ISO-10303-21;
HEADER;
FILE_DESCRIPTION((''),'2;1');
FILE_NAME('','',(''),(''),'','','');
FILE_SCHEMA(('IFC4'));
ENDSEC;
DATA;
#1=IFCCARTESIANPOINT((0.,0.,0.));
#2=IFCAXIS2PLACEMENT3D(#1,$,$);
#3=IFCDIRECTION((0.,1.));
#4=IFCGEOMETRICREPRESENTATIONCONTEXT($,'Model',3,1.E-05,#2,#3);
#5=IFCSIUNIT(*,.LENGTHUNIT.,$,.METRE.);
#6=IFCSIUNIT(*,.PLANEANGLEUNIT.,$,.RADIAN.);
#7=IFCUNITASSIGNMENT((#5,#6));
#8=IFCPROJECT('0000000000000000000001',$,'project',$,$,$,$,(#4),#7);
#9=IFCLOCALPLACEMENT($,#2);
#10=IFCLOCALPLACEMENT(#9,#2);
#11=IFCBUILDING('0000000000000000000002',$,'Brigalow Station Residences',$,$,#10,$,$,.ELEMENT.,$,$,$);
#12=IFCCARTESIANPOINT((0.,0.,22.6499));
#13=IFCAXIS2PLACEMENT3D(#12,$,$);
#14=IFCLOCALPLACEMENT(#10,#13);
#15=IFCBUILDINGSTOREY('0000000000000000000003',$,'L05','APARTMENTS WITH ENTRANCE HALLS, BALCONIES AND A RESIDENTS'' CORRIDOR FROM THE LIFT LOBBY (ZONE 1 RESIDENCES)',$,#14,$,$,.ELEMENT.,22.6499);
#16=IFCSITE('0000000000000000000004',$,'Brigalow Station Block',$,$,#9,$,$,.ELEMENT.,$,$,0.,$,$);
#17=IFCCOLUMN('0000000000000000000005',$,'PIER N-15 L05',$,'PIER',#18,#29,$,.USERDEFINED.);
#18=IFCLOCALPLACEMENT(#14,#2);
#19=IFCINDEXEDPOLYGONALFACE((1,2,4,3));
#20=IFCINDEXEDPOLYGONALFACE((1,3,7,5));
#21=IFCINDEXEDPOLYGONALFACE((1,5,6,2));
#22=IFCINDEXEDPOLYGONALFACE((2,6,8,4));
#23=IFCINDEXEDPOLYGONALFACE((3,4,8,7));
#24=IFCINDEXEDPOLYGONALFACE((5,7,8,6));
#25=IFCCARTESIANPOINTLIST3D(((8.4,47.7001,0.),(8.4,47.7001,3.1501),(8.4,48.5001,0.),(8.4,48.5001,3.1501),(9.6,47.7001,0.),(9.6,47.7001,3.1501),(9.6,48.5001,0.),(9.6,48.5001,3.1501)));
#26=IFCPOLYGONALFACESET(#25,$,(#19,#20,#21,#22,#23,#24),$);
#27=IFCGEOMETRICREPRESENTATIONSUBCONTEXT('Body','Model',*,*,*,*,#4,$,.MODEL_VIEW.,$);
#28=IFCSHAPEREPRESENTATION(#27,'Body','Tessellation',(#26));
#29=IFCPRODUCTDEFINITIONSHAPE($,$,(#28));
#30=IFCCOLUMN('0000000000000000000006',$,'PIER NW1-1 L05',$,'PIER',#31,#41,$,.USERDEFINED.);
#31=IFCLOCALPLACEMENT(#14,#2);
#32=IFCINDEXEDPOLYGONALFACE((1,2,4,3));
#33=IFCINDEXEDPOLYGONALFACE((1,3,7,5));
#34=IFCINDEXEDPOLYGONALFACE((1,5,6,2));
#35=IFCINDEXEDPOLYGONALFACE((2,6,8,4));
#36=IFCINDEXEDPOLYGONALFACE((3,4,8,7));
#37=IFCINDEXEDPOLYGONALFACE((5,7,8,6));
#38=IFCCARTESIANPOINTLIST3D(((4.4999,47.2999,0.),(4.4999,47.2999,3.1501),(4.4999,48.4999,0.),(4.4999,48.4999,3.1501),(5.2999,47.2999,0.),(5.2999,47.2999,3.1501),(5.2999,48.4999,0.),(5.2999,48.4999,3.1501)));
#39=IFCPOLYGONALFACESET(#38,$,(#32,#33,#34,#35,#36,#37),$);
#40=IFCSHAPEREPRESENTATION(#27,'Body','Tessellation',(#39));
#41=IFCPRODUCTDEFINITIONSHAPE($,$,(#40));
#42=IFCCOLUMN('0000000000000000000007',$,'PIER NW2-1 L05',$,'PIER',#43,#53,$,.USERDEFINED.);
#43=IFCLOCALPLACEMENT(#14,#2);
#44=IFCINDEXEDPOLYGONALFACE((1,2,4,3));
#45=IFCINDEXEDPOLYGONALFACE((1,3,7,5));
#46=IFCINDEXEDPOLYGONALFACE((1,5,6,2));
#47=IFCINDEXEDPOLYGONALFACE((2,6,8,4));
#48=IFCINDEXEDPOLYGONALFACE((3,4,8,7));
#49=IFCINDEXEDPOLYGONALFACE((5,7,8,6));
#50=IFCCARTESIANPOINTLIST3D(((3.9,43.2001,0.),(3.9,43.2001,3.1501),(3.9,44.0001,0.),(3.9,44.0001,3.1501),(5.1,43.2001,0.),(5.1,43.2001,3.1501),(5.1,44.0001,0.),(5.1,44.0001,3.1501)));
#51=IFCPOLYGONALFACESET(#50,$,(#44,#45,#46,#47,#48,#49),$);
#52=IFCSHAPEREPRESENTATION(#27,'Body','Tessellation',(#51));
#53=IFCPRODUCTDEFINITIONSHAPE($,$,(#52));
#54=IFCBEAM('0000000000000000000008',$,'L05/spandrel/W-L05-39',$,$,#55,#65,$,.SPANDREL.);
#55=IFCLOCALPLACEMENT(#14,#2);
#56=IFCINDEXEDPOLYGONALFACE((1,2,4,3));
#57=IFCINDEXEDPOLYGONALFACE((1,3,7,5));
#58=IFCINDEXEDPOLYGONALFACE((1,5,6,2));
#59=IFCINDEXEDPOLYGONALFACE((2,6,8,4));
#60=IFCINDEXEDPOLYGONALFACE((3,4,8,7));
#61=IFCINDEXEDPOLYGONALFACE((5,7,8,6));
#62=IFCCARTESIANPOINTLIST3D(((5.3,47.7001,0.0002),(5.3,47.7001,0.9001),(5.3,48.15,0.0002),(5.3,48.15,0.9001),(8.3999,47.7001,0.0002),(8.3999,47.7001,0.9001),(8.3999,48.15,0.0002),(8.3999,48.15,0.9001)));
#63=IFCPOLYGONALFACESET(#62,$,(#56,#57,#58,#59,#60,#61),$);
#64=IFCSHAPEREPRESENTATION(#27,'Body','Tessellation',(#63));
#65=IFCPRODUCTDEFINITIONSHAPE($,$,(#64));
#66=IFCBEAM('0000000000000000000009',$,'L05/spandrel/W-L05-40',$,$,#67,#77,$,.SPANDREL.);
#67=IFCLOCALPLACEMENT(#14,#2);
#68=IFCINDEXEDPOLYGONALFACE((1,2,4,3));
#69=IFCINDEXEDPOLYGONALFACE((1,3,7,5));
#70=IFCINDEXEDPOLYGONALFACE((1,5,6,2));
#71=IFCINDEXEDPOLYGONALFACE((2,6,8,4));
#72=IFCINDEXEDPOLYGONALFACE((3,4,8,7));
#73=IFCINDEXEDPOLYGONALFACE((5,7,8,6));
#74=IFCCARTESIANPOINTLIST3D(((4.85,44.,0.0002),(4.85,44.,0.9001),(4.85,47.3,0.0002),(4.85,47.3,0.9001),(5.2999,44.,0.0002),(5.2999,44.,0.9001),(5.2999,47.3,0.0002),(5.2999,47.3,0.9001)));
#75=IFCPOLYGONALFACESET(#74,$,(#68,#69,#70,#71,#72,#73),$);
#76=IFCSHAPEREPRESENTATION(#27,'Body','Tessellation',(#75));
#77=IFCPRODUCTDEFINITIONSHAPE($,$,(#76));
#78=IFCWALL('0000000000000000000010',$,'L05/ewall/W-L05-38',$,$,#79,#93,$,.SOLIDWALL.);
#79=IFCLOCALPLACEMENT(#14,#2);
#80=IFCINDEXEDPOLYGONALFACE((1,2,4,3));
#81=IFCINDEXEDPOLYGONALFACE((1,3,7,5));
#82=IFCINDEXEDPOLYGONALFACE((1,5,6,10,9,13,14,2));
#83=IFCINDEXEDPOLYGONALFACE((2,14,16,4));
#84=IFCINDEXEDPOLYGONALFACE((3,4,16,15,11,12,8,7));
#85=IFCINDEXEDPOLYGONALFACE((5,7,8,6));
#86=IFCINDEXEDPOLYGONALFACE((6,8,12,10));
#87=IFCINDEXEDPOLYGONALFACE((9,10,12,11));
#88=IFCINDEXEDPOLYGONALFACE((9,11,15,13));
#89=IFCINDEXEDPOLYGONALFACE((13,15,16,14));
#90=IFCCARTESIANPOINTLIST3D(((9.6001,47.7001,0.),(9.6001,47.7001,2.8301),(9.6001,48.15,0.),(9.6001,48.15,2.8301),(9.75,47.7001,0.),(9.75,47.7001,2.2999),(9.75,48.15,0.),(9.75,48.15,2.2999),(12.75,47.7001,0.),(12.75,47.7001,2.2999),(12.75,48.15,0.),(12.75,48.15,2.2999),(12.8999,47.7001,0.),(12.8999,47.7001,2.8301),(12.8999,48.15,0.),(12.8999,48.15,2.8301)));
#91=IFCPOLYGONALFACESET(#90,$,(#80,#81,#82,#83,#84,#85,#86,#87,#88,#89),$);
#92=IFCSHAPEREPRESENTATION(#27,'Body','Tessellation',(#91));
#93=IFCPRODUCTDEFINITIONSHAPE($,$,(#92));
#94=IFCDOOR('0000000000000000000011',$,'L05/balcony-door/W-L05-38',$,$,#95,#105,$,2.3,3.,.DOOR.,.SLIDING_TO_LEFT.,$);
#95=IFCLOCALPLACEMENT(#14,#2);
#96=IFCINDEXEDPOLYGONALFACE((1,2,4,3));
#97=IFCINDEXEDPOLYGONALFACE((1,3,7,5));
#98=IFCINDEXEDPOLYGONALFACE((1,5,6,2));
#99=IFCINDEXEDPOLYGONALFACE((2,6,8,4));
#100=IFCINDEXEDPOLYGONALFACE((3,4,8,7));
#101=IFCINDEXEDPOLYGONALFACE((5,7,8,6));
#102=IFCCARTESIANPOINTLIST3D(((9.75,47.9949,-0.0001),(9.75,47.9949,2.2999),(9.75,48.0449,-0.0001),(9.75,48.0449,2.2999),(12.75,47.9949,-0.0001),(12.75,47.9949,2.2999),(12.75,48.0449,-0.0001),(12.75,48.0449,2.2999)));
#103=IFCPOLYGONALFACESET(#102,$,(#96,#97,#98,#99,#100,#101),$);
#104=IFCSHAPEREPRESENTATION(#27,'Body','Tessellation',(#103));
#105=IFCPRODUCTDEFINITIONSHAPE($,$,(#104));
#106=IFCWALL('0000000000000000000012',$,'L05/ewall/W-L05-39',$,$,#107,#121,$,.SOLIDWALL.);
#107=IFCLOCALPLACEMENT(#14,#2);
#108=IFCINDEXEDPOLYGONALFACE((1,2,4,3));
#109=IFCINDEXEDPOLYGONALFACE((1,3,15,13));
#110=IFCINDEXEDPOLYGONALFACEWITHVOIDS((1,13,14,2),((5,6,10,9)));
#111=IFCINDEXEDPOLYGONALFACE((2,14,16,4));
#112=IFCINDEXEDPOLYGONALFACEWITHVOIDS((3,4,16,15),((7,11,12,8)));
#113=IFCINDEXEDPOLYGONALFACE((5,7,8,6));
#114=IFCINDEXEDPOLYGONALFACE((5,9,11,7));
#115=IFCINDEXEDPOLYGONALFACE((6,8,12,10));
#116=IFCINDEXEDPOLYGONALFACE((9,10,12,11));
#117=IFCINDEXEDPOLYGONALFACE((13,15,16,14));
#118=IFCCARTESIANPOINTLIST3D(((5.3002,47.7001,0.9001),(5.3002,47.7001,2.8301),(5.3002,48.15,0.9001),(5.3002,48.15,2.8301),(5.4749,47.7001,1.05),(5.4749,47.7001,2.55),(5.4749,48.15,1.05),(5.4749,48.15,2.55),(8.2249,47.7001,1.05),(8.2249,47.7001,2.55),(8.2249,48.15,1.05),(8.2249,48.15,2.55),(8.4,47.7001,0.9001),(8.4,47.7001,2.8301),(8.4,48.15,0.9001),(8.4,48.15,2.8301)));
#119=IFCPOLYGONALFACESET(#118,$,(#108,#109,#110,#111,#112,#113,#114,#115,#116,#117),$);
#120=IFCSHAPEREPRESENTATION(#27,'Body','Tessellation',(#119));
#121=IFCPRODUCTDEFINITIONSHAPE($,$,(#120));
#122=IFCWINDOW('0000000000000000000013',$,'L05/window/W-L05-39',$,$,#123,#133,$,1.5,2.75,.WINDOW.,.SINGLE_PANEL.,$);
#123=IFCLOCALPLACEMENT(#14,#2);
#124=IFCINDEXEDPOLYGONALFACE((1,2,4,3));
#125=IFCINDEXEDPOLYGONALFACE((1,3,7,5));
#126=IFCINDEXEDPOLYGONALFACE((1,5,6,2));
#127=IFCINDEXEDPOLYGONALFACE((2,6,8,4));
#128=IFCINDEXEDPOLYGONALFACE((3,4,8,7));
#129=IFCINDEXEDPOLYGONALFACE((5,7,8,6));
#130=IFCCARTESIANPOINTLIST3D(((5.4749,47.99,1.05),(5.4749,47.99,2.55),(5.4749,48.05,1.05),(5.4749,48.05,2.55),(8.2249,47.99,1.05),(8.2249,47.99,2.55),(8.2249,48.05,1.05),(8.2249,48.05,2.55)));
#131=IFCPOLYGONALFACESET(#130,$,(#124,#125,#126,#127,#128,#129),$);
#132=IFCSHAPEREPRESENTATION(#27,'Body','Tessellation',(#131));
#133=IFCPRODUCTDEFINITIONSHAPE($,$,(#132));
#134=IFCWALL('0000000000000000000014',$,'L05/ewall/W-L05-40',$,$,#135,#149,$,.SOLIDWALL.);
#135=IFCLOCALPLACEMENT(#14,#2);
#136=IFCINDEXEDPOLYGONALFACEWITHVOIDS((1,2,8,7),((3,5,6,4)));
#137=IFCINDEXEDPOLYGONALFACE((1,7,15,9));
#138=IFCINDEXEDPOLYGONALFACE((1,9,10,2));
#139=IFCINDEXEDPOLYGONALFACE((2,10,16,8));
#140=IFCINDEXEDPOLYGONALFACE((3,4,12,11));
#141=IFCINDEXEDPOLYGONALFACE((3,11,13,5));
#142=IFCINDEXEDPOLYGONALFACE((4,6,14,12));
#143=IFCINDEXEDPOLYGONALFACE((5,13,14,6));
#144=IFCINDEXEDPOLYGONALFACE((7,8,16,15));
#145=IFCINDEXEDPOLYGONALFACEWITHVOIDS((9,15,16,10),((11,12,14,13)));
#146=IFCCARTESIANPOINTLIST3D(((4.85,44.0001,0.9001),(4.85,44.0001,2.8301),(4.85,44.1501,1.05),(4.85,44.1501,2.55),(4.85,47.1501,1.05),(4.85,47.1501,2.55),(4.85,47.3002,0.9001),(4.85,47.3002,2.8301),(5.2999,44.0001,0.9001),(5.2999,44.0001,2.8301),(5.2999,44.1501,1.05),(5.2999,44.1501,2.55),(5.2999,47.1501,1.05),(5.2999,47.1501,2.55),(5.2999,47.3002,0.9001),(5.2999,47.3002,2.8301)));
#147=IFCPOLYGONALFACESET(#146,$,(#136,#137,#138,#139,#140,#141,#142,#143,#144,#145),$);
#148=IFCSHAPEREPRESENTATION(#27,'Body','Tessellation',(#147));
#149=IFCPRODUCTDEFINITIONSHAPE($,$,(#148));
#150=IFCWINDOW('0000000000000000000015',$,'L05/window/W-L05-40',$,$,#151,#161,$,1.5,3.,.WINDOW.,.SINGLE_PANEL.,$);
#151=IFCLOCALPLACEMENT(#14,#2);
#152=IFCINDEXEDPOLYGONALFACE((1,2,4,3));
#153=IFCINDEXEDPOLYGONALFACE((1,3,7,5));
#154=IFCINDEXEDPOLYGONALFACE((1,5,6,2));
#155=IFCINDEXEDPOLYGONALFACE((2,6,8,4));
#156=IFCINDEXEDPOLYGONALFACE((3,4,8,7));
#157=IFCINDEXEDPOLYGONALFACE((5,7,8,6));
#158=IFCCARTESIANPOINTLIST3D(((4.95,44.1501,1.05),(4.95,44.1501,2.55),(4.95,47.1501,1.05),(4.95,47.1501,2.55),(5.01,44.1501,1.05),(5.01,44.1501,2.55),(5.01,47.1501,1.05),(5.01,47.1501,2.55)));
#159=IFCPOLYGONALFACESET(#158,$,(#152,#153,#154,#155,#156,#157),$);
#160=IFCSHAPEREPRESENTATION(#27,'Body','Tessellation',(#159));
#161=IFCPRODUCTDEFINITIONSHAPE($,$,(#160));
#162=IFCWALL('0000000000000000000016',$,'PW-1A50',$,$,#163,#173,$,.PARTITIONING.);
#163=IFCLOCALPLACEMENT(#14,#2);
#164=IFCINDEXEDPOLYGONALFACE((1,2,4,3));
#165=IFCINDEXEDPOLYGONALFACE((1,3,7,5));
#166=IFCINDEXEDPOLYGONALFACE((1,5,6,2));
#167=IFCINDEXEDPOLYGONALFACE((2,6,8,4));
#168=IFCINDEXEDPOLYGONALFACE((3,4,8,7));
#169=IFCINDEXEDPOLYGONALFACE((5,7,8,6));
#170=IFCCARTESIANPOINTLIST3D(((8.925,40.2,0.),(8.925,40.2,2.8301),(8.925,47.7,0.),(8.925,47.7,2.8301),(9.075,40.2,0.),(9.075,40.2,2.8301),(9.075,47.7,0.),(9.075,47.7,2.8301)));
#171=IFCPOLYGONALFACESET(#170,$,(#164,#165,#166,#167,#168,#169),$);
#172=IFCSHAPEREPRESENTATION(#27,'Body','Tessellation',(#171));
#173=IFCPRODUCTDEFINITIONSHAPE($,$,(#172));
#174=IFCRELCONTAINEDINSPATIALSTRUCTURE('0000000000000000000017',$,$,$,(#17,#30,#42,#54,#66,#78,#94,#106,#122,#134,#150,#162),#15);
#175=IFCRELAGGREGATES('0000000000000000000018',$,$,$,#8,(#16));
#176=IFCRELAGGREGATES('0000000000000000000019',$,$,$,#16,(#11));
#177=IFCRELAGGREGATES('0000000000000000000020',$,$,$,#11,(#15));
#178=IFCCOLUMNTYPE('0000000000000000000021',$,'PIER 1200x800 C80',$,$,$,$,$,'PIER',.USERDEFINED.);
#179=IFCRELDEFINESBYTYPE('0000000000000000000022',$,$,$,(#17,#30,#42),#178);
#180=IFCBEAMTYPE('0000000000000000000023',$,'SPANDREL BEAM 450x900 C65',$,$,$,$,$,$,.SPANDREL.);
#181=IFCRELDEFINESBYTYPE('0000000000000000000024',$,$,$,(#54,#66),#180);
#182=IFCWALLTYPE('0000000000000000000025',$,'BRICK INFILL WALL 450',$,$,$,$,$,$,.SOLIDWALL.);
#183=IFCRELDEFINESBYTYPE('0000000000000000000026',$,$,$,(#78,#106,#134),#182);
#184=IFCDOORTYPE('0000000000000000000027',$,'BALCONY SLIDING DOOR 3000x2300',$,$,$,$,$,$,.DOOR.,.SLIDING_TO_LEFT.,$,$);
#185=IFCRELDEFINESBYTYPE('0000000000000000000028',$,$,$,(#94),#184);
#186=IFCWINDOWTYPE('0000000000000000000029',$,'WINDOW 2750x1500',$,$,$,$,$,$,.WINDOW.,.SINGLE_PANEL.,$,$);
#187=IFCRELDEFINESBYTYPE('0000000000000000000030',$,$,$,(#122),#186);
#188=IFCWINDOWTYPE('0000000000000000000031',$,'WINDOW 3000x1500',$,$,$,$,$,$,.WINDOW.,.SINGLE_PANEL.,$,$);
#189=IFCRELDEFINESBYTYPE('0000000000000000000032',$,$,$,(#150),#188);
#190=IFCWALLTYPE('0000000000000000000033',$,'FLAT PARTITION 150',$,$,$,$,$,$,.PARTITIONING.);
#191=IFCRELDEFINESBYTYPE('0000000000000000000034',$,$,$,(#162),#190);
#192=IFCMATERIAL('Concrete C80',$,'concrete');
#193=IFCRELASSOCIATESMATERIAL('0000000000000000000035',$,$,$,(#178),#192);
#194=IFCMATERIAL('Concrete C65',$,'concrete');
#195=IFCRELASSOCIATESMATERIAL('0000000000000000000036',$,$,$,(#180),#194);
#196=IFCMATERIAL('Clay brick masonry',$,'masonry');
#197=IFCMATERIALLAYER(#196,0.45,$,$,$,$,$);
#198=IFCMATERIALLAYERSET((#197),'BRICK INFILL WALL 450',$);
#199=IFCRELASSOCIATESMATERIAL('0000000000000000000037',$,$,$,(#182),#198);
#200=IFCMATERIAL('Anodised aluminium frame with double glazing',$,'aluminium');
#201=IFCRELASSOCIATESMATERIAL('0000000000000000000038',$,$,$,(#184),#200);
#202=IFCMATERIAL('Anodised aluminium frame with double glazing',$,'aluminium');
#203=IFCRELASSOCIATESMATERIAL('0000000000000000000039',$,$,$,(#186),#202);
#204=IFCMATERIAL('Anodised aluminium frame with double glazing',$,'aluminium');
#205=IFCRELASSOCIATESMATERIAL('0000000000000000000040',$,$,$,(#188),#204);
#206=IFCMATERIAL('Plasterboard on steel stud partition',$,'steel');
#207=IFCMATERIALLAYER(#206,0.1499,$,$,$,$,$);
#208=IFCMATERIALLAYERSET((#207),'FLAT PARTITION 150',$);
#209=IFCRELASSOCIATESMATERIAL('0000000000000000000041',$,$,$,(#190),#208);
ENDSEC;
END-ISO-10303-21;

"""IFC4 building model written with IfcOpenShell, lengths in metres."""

from ifc_helpers import new_model, si_unit, direction, frame, frame_2d, origin, origin_2d, place, context, subcontext, project, spatial, rectangle, extrude, material, layer, layer_set, material_profile, profile_set, type_object, element, fill, save


model = new_model("IFC4")

# Units and contexts
model_context = context("Model", 3, precision=1e-05, world=origin(), true_north=direction((0.0, 1.0)))
body_context = subcontext(model_context, "Body", "Model", "MODEL_VIEW")
ifc_project = project(units=[si_unit("LENGTHUNIT", "METRE"), si_unit("PLANEANGLEUNIT", "RADIAN")], contexts=[model_context])

# Site, building, storey
site_placement = place(None, origin())
site = spatial("IfcSite", under=ifc_project, at=site_placement, Name="Brigalow Station Block", CompositionType="ELEMENT", RefElevation=0.0)
building_placement = place(site_placement, origin())
building = spatial("IfcBuilding", under=site, at=building_placement, Name="Brigalow Station Residences", CompositionType="ELEMENT")
storey_placement = place(building_placement, frame((0.0, 0.0, 22.6499)))
storey = spatial("IfcBuildingStorey", under=building, at=storey_placement, Name="L05", Description="APARTMENTS WITH ENTRANCE HALLS, BALCONIES AND A RESIDENTS' CORRIDOR FROM THE LIFT LOBBY (ZONE 1 RESIDENCES)", CompositionType="ELEMENT", Elevation=22.6499)

# Columns
ifc_material_1 = material(Name="Concrete C80", Category="concrete")
ifc_material_profile_1 = material_profile(ifc_material_1, rectangle(XDim=1.2, YDim=0.8, at=origin_2d()), Name="RC1200x800")
ifc_profile_set_1 = profile_set([ifc_material_profile_1], Name="Concrete C80")
column_type = type_object("IfcColumnType", Name="PIER 1200x800 C80", ElementType="PIER", PredefinedType="USERDEFINED", material=ifc_profile_set_1)
for number, where, z_axis, x_axis, name in (
    (1, (9.0, 48.1001, 0.0), (0.0, 0.0, 1.0), (-1.0, 0.0, 0.0), "PIER N-15 L05"),
    (2, (4.8999, 47.8999, 0.0), (0.0, 0.0, 1.0), (0.0, -1.0, 0.0), "PIER NW1-1 L05"),
    (3, (4.5, 43.6001, 0.0), (0.0, 0.0, 1.0), (-1.0, 0.0, 0.0), "PIER NW2-1 L05"),
):
    element("IfcColumn", number, at=place(storey_placement, frame(where, z_axis=z_axis, x_axis=x_axis)), inside=storey, type_object=column_type, Name=name, ObjectType="PIER", PredefinedType="USERDEFINED", context=body_context, shape_type="SweptSolid", body=[
        extrude(rectangle(XDim=1.2, YDim=0.8, at=origin_2d()), origin(), (0.0, 0.0, 1.0), 3.1501),
    ])

# Beams
ifc_material_2 = material(Name="Concrete C65", Category="concrete")
ifc_material_profile_2 = material_profile(ifc_material_2, rectangle(XDim=0.45, YDim=0.8999, at=origin_2d()), Name="RC450x900")
ifc_profile_set_2 = profile_set([ifc_material_profile_2], Name="Concrete C65")
beam_type = type_object("IfcBeamType", Name="SPANDREL BEAM 450x900 C65", PredefinedType="SPANDREL", material=ifc_profile_set_2)
beam_1_placement = place(storey_placement, frame((8.3999, 47.925, 0.4502), z_axis=(-1.0, 0.0, 0.0), x_axis=(0.0, -1.0, 0.0)))
element("IfcBeam", 4, at=beam_1_placement, inside=storey, type_object=beam_type, Name="L05/spandrel/W-L05-39", PredefinedType="SPANDREL", context=body_context, shape_type="SweptSolid", body=[
    extrude(rectangle(XDim=0.45, YDim=0.8999, at=origin_2d()), origin(), (0.0, 0.0, 1.0), 3.0999),
])
beam_2_placement = place(storey_placement, frame((5.075, 47.3, 0.4502), z_axis=(0.0, -1.0, 0.0), x_axis=(1.0, 0.0, 0.0)))
element("IfcBeam", 5, at=beam_2_placement, inside=storey, type_object=beam_type, Name="L05/spandrel/W-L05-40", PredefinedType="SPANDREL", context=body_context, shape_type="SweptSolid", body=[
    extrude(rectangle(XDim=0.45, YDim=0.8999, at=origin_2d()), origin(), (0.0, 0.0, 1.0), 3.3),
])

# Wall, opening, door
ifc_material_3 = material(Name="Clay brick masonry", Category="masonry")
ifc_layer_1 = layer(ifc_material_3, 0.45)
ifc_layer_set_1 = layer_set([ifc_layer_1], Name="BRICK INFILL WALL 450")
wall_type_1 = type_object("IfcWallType", Name="BRICK INFILL WALL 450", PredefinedType="SOLIDWALL", material=ifc_layer_set_1)
wall_1_placement = place(storey_placement, frame((12.8999, 47.925, 0.0), z_axis=(0.0, 0.0, 1.0), x_axis=(-1.0, 0.0, 0.0)))
wall_1 = element("IfcWall", 6, at=wall_1_placement, inside=storey, type_object=wall_type_1, Name="L05/ewall/W-L05-38", PredefinedType="SOLIDWALL", context=body_context, shape_type="SweptSolid", body=[
    extrude(rectangle(XDim=3.2998, YDim=0.45, at=frame_2d((1.6499, 0.0))), origin(), (0.0, 0.0, 1.0), 2.8301),
])
opening_1_placement = place(wall_1_placement, frame((0.1499, 0.0, 0.0)))
opening_1 = element("IfcOpeningElement", 7, at=opening_1_placement, cuts=wall_1, PredefinedType="OPENING", context=body_context, shape_type="SweptSolid", body=[
    extrude(rectangle(XDim=3.0, YDim=2.3, at=frame_2d((1.5, 1.1499))), frame((0.0, 0.2349, 0.0), z_axis=(0.0, -1.0, 0.0), x_axis=(1.0, 0.0, 0.0)), (0.0, 0.0, 1.0), 0.47),
])
ifc_material_4 = material(Name="Anodised aluminium frame with double glazing", Category="aluminium")
door_type_1 = type_object("IfcDoorType", Name="BALCONY SLIDING DOOR 3000x2300", OperationType="SLIDING_TO_LEFT", PredefinedType="DOOR", material=ifc_material_4)
door_1_placement = place(opening_1_placement, origin())
door_1 = element("IfcDoor", 8, at=door_1_placement, inside=storey, type_object=door_type_1, Name="L05/balcony-door/W-L05-38", OperationType="SLIDING_TO_LEFT", OverallHeight=2.3, OverallWidth=3.0, PredefinedType="DOOR", context=body_context, shape_type="SweptSolid", body=[
    extrude(rectangle(XDim=3.0, YDim=2.3, at=frame_2d((1.5, 1.1499))), frame((0.0, -0.0698, 0.0), z_axis=(0.0, -1.0, 0.0), x_axis=(1.0, 0.0, 0.0)), (0.0, 0.0, 1.0), 0.05),
])
fill(opening_1, door_1)

# Walls, openings, windows
wall_2_placement = place(storey_placement, frame((8.3999, 47.925, 0.9001), z_axis=(0.0, 0.0, 1.0), x_axis=(-1.0, 0.0, 0.0)))
wall_2 = element("IfcWall", 9, at=wall_2_placement, inside=storey, type_object=wall_type_1, Name="L05/ewall/W-L05-39", PredefinedType="SOLIDWALL", context=body_context, shape_type="SweptSolid", body=[
    extrude(rectangle(XDim=3.0999, YDim=0.45, at=frame_2d((1.5498, 0.0))), origin(), (0.0, 0.0, 1.0), 1.9299),
])
opening_2_placement = place(wall_2_placement, frame((0.175, 0.0, 0.1499)))
opening_2 = element("IfcOpeningElement", 10, at=opening_2_placement, cuts=wall_2, PredefinedType="OPENING", context=body_context, shape_type="SweptSolid", body=[
    extrude(rectangle(XDim=2.75, YDim=1.5, at=frame_2d((1.375, 0.75))), frame((0.0, 0.2349, 0.0), z_axis=(0.0, -1.0, 0.0), x_axis=(1.0, 0.0, 0.0)), (0.0, 0.0, 1.0), 0.47),
])
ifc_material_5 = material(Name="Anodised aluminium frame with double glazing", Category="aluminium")
window_type_1 = type_object("IfcWindowType", Name="WINDOW 2750x1500", PartitioningType="SINGLE_PANEL", PredefinedType="WINDOW", material=ifc_material_5)
window_1_placement = place(opening_2_placement, origin())
window_1 = element("IfcWindow", 11, at=window_1_placement, inside=storey, type_object=window_type_1, Name="L05/window/W-L05-39", OverallHeight=1.5, OverallWidth=2.75, PartitioningType="SINGLE_PANEL", PredefinedType="WINDOW", context=body_context, shape_type="SweptSolid", body=[
    extrude(rectangle(XDim=2.75, YDim=1.5, at=frame_2d((1.375, 0.75))), frame((0.0, -0.0649, 0.0), z_axis=(0.0, -1.0, 0.0), x_axis=(1.0, 0.0, 0.0)), (0.0, 0.0, 1.0), 0.0601),
])
fill(opening_2, window_1)
wall_3_placement = place(storey_placement, frame((5.075, 47.3, 0.9001), z_axis=(0.0, 0.0, 1.0), x_axis=(0.0, -1.0, 0.0)))
wall_3 = element("IfcWall", 12, at=wall_3_placement, inside=storey, type_object=wall_type_1, Name="L05/ewall/W-L05-40", PredefinedType="SOLIDWALL", context=body_context, shape_type="SweptSolid", body=[
    extrude(rectangle(XDim=3.3, YDim=0.45, at=frame_2d((1.6499, 0.0))), origin(), (0.0, 0.0, 1.0), 1.9299),
])
opening_3_placement = place(wall_3_placement, frame((0.1499, 0.0, 0.1499)))
opening_3 = element("IfcOpeningElement", 13, at=opening_3_placement, cuts=wall_3, PredefinedType="OPENING", context=body_context, shape_type="SweptSolid", body=[
    extrude(rectangle(XDim=3.0, YDim=1.5, at=frame_2d((1.5, 0.75))), frame((0.0, 0.2349, 0.0), z_axis=(0.0, -1.0, 0.0), x_axis=(1.0, 0.0, 0.0)), (0.0, 0.0, 1.0), 0.47),
])
ifc_material_6 = material(Name="Anodised aluminium frame with double glazing", Category="aluminium")
window_type_2 = type_object("IfcWindowType", Name="WINDOW 3000x1500", PartitioningType="SINGLE_PANEL", PredefinedType="WINDOW", material=ifc_material_6)
window_2_placement = place(opening_3_placement, origin())
window_2 = element("IfcWindow", 14, at=window_2_placement, inside=storey, type_object=window_type_2, Name="L05/window/W-L05-40", OverallHeight=1.5, OverallWidth=3.0, PartitioningType="SINGLE_PANEL", PredefinedType="WINDOW", context=body_context, shape_type="SweptSolid", body=[
    extrude(rectangle(XDim=3.0, YDim=1.5, at=frame_2d((1.5, 0.75))), frame((0.0, -0.0649, 0.0), z_axis=(0.0, -1.0, 0.0), x_axis=(1.0, 0.0, 0.0)), (0.0, 0.0, 1.0), 0.0601),
])
fill(opening_3, window_2)

# Wall
ifc_material_7 = material(Name="Plasterboard on steel stud partition", Category="steel")
ifc_layer_2 = layer(ifc_material_7, 0.1499)
ifc_layer_set_2 = layer_set([ifc_layer_2], Name="FLAT PARTITION 150")
wall_type_2 = type_object("IfcWallType", Name="FLAT PARTITION 150", PredefinedType="PARTITIONING", material=ifc_layer_set_2)
wall_4_placement = place(storey_placement, frame((9.0, 40.2, 0.0), z_axis=(0.0, 0.0, 1.0), x_axis=(0.0, 1.0, 0.0)))
element("IfcWall", 15, at=wall_4_placement, inside=storey, type_object=wall_type_2, Name="PW-1A50", PredefinedType="PARTITIONING", context=body_context, shape_type="SweptSolid", body=[
    extrude(rectangle(XDim=7.5, YDim=0.1499, at=frame_2d((3.75, 0.0))), origin(), (0.0, 0.0, 1.0), 2.8301),
])

save(model, "model.ifc")
